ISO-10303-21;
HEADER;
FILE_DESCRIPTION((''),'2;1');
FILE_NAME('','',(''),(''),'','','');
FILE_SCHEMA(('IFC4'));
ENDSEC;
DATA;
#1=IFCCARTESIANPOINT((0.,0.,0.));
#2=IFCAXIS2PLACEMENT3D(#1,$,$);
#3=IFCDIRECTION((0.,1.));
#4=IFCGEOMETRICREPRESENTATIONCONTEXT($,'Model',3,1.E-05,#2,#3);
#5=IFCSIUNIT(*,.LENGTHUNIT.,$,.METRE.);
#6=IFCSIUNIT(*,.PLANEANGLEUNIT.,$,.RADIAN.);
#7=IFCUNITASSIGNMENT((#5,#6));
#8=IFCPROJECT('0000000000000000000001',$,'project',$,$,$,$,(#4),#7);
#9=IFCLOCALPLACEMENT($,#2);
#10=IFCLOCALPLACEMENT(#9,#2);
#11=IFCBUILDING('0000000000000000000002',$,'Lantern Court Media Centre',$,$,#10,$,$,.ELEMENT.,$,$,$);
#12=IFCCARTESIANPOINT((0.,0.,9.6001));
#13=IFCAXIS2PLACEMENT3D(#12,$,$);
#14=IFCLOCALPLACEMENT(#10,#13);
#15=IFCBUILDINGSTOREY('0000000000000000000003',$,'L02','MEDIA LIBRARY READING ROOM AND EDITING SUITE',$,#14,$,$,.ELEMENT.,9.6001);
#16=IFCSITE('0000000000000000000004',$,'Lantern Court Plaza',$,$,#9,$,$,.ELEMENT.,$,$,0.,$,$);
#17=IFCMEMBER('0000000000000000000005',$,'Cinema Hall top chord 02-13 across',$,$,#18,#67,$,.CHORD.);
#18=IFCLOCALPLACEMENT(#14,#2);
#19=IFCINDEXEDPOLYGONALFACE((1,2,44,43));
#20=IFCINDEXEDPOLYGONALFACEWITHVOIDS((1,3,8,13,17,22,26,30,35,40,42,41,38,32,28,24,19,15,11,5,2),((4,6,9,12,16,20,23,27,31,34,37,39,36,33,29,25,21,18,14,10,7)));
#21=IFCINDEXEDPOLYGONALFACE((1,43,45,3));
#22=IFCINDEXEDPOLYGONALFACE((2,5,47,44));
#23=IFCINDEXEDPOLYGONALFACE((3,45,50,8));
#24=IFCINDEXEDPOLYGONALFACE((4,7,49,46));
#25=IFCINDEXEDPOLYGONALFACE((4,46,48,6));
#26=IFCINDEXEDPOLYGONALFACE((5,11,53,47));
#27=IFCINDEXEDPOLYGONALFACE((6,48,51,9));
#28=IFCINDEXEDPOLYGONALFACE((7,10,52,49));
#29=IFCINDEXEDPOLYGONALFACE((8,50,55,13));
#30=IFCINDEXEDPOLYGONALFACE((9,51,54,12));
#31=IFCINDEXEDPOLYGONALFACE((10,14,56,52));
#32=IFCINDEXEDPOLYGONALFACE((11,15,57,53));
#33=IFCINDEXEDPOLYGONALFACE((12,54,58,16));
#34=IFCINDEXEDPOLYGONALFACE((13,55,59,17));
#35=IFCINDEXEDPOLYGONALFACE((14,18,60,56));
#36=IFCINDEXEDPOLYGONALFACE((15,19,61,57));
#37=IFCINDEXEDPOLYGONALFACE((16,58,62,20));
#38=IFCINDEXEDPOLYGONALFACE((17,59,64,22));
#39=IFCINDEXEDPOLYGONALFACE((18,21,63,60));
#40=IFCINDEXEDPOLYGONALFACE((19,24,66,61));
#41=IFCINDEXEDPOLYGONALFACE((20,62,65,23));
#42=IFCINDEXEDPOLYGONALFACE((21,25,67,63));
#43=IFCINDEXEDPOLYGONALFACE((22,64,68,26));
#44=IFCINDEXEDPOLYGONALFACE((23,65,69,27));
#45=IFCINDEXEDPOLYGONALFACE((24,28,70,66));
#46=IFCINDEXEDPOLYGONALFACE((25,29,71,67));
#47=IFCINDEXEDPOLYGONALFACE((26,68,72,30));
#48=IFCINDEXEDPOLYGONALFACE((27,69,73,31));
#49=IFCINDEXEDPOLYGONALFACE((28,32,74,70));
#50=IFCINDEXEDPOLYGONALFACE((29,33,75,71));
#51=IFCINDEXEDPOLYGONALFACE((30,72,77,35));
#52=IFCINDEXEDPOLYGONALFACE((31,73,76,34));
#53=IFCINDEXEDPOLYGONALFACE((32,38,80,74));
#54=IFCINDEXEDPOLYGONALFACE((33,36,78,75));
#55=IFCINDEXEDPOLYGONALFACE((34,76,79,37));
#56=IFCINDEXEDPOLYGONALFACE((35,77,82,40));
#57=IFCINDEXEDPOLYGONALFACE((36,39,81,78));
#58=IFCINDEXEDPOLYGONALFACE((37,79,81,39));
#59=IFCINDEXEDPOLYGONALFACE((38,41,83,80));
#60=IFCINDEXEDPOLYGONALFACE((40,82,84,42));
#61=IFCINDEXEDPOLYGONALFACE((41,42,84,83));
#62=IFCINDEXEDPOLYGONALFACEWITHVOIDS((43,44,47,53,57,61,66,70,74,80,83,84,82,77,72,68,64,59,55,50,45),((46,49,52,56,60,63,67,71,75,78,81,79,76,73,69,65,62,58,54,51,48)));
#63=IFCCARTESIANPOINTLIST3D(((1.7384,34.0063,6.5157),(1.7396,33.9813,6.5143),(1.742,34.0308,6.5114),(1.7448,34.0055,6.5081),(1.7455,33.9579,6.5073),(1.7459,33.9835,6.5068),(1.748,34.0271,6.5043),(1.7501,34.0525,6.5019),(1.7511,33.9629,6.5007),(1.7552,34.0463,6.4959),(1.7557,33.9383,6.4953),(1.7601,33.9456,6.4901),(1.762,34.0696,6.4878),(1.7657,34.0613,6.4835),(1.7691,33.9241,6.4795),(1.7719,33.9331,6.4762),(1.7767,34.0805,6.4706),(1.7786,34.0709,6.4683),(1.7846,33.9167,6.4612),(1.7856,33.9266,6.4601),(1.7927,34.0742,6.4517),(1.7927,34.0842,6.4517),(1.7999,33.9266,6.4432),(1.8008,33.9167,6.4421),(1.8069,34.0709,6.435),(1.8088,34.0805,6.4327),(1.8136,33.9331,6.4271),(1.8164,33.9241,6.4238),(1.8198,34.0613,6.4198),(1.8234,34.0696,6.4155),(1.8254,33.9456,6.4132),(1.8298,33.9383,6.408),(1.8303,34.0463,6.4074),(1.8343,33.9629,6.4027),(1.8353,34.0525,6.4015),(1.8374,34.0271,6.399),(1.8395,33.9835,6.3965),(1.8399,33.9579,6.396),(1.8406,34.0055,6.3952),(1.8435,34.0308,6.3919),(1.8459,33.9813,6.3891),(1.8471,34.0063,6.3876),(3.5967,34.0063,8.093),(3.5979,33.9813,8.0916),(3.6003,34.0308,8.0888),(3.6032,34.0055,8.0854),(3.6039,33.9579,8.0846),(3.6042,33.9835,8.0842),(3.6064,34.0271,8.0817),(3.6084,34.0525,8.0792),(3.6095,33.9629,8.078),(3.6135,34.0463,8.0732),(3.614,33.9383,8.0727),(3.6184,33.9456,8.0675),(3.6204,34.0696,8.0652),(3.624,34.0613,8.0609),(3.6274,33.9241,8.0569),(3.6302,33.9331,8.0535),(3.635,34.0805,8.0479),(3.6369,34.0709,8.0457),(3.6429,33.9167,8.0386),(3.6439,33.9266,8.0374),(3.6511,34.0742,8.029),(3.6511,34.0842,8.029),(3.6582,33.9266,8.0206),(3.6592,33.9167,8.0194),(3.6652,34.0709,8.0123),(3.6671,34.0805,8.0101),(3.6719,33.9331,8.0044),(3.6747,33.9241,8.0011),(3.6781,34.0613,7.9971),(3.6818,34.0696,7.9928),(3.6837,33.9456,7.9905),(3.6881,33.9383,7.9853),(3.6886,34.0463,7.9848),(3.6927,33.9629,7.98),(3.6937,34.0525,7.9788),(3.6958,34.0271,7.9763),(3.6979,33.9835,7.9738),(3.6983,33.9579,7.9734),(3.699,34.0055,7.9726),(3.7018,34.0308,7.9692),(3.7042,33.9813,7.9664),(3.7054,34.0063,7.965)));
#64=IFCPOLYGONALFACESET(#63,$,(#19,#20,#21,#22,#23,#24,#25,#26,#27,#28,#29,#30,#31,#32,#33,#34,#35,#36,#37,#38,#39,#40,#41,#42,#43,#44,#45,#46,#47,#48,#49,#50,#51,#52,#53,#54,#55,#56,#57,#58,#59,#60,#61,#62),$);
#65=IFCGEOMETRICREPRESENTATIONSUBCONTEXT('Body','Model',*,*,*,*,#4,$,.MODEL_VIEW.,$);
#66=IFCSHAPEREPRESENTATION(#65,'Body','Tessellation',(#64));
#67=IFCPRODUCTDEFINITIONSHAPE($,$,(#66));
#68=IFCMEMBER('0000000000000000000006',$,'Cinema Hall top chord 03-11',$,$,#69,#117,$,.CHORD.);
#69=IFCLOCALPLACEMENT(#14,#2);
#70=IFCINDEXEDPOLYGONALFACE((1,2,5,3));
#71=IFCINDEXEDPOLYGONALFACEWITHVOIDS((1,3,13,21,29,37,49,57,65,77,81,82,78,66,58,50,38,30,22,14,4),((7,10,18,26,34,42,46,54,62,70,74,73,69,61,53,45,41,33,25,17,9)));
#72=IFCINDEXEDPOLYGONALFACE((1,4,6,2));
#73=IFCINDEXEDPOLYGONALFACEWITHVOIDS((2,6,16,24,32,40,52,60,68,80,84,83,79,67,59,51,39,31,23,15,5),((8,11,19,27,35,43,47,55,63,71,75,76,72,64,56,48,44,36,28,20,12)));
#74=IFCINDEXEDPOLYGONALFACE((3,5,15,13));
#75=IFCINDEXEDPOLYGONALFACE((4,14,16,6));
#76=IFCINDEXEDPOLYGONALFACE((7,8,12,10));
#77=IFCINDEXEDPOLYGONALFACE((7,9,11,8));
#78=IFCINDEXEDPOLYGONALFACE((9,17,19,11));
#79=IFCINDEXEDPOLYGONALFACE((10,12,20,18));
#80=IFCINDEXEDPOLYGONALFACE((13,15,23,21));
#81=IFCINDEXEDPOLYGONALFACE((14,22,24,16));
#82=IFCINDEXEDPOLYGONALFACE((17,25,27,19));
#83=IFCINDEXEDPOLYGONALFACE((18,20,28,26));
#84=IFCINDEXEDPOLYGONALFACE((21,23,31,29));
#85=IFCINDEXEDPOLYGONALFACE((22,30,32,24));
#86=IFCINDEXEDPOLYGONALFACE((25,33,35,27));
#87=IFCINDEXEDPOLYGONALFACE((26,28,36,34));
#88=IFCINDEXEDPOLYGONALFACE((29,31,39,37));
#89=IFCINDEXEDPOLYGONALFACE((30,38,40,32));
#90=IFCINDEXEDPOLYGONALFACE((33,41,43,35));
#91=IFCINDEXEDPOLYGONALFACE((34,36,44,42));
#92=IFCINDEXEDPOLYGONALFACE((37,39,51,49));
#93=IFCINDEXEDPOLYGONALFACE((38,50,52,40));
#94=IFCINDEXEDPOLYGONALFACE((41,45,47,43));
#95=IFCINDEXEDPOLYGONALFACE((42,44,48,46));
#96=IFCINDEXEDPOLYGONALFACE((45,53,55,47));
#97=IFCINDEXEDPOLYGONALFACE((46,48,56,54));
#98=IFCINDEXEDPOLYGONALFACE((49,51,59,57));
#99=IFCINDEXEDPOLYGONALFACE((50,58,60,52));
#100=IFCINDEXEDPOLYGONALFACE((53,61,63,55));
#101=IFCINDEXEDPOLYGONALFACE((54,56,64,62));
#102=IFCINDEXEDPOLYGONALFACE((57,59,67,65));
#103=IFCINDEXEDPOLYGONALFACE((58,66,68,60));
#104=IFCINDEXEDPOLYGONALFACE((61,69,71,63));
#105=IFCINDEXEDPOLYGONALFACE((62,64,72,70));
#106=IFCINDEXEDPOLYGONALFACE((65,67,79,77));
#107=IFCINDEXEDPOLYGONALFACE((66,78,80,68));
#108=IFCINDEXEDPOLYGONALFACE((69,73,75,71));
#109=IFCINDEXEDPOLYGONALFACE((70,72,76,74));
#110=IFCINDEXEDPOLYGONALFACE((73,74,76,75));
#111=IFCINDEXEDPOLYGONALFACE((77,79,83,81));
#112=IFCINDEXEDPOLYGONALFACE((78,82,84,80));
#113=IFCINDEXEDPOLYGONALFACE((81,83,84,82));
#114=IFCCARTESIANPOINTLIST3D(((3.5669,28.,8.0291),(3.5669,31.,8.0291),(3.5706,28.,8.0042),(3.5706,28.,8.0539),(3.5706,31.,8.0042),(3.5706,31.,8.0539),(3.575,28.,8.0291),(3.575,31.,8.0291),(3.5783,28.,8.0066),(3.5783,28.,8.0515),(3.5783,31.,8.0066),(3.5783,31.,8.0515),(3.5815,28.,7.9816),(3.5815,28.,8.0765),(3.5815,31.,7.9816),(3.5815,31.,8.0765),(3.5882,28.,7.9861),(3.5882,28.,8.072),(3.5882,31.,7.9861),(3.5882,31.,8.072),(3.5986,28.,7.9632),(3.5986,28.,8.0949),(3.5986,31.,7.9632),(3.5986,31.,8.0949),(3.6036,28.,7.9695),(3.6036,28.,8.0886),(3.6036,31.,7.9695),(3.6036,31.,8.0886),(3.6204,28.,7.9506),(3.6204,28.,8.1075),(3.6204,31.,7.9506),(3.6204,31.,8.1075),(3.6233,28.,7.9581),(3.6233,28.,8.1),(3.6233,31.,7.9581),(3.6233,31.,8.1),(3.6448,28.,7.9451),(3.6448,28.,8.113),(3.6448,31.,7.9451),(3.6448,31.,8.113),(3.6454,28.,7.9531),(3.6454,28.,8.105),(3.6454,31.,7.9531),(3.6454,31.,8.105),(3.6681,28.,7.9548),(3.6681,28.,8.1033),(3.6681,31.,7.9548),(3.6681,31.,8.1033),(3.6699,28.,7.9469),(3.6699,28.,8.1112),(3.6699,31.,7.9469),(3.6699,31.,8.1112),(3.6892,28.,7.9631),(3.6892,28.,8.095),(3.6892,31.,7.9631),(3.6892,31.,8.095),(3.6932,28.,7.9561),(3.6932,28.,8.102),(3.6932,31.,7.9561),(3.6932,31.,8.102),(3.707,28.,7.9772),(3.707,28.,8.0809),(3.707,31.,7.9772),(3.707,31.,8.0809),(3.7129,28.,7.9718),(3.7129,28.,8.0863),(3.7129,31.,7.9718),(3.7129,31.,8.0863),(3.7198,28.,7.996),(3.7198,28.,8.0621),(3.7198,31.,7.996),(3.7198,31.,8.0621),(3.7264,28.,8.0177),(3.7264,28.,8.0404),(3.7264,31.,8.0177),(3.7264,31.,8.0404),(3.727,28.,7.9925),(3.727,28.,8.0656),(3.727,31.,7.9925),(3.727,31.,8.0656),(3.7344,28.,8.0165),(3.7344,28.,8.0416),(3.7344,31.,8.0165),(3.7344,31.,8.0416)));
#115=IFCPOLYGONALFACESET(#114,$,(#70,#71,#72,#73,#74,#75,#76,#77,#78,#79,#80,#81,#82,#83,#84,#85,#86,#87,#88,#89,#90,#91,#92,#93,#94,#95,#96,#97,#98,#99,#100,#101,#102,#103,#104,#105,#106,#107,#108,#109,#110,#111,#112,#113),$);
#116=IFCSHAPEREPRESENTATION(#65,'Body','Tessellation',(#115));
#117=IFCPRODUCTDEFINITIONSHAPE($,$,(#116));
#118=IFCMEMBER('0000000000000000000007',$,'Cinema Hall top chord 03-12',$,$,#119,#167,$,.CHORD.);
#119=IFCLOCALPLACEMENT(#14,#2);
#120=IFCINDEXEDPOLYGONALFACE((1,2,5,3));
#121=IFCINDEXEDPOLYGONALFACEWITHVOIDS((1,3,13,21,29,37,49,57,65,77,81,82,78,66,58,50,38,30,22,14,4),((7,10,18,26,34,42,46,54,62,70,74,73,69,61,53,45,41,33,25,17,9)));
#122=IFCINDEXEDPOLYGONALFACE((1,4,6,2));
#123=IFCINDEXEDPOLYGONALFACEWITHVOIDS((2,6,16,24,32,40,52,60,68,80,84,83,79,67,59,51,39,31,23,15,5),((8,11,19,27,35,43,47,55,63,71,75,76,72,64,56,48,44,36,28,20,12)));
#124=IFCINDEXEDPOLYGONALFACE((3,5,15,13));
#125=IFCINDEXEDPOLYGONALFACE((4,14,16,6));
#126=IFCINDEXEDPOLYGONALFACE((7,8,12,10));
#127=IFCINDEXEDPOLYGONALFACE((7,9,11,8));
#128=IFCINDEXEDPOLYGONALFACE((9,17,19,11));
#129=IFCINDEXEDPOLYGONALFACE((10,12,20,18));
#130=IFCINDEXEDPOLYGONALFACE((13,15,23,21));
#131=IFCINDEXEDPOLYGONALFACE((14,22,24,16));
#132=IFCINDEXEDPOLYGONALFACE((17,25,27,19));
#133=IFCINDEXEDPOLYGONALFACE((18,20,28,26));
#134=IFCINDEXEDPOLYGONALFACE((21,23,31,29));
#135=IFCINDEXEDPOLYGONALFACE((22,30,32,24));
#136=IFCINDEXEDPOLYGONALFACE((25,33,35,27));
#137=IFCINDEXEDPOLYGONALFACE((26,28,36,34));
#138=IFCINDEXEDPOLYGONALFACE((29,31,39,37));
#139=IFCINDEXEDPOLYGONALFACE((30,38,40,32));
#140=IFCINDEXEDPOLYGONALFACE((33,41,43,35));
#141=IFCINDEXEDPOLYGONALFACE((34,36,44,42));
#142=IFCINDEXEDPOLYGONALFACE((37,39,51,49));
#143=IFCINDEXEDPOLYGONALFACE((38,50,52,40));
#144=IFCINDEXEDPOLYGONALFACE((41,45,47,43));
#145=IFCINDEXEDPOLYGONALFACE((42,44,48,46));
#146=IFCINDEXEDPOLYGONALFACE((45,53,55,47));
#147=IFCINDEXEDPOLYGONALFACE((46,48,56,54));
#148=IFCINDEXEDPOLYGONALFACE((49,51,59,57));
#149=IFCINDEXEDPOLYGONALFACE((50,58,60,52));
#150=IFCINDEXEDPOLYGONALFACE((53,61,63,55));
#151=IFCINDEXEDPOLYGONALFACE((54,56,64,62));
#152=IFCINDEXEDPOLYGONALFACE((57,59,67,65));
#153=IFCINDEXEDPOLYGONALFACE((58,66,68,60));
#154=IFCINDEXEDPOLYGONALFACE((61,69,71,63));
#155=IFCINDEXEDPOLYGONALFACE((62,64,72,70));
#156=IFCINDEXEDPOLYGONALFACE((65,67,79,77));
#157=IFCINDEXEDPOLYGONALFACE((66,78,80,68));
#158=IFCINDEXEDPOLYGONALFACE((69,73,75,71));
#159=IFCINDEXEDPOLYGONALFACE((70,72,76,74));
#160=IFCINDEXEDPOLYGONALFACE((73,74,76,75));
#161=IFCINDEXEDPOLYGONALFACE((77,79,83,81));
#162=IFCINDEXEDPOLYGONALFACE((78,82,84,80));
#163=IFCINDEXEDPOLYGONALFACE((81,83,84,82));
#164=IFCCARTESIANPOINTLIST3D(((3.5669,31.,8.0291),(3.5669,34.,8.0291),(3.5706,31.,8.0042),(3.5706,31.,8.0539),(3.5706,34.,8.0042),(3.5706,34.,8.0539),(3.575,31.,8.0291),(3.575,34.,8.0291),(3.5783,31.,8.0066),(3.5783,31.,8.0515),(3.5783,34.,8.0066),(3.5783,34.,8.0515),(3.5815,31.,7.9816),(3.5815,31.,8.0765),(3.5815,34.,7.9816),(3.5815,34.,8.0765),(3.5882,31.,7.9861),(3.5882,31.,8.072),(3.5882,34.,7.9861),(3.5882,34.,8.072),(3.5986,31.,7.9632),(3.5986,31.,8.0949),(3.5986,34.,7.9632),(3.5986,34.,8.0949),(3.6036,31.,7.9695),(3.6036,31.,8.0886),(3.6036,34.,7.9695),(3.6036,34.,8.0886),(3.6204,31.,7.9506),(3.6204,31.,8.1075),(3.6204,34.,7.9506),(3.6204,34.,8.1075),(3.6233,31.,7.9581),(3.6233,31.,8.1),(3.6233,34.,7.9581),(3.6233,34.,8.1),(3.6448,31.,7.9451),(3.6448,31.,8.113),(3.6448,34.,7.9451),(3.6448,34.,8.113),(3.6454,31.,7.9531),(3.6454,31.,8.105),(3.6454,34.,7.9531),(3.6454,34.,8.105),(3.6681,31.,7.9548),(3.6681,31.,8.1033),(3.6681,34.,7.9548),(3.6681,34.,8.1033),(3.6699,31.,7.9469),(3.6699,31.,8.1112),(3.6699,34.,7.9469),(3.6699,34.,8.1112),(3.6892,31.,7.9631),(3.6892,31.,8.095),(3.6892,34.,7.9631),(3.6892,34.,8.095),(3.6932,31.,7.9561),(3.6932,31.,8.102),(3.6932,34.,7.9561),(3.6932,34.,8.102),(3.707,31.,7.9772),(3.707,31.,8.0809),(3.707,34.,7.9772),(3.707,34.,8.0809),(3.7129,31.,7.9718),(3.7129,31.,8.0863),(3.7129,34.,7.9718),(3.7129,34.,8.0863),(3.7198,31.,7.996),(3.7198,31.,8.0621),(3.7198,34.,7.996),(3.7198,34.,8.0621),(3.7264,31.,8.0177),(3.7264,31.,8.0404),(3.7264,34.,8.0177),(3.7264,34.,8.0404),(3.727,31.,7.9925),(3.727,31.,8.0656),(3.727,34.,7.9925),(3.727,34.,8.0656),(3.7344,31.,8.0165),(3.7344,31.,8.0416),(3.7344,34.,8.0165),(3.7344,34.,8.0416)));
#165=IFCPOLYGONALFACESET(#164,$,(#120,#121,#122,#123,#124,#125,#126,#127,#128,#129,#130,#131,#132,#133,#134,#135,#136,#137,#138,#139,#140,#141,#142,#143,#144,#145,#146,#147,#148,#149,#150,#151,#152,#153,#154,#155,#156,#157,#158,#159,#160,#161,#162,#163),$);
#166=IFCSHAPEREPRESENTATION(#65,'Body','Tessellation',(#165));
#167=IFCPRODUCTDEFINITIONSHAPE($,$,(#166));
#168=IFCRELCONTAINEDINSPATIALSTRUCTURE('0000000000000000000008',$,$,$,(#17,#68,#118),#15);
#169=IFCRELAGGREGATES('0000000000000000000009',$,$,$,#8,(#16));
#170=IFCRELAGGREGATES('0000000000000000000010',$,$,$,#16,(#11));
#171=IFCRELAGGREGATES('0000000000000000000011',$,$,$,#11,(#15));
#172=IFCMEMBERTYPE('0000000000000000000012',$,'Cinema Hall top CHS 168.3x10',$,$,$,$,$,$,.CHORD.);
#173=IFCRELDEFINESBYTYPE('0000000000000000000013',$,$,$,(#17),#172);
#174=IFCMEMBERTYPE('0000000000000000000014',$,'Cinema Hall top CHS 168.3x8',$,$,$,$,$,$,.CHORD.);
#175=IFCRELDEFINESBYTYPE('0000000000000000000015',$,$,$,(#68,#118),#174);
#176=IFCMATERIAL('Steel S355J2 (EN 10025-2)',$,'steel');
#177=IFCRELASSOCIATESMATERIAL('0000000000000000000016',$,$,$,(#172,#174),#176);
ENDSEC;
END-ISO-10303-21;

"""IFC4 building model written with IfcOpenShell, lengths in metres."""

from ifc_helpers import new_model, si_unit, direction, frame, origin, origin_2d, place, context, subcontext, project, spatial, hollow_circle, extrude, material, material_profile, profile_set, type_object, element, save


model = new_model("IFC4")

# Units and contexts
model_context = context("Model", 3, precision=1e-05, world=origin(), true_north=direction((0.0, 1.0)))
body_context = subcontext(model_context, "Body", "Model", "MODEL_VIEW")
ifc_project = project(units=[si_unit("LENGTHUNIT", "METRE"), si_unit("PLANEANGLEUNIT", "RADIAN")], contexts=[model_context])

# Site, building, storey
site_placement = place(None, origin())
site = spatial("IfcSite", under=ifc_project, at=site_placement, Name="Lantern Court Plaza", CompositionType="ELEMENT", RefElevation=0.0)
building_placement = place(site_placement, origin())
building = spatial("IfcBuilding", under=site, at=building_placement, Name="Lantern Court Media Centre", CompositionType="ELEMENT")
storey_placement = place(building_placement, frame((0.0, 0.0, 9.6001)))
storey = spatial("IfcBuildingStorey", under=building, at=storey_placement, Name="L02", Description="MEDIA LIBRARY READING ROOM AND EDITING SUITE", CompositionType="ELEMENT", Elevation=9.6001)

# Members
ifc_material = material(Name="Steel S355J2 (EN 10025-2)", Category="steel")
ifc_material_profile_1 = material_profile(ifc_material, hollow_circle(Radius=0.0842, WallThickness=0.01, at=origin_2d()), Name="Cinema Hall top CHS 168.3x10")
ifc_profile_set_1 = profile_set([ifc_material_profile_1], Name="Steel S355J2 (EN 10025-2)")
member_type_1 = type_object("IfcMemberType", Name="Cinema Hall top CHS 168.3x10", PredefinedType="CHORD", material=ifc_profile_set_1)
for number, where, z_axis, x_axis, name in (
    (1, (1.7927, 34.0, 6.4517), (0.762394, 0.0, 0.647113), (0.0, 1.0, 0.0), "Cinema Hall top chord 02-13 across"),
):
    element("IfcMember", number, at=place(storey_placement, frame(where, z_axis=z_axis, x_axis=x_axis)), inside=storey, type_object=member_type_1, Name=name, PredefinedType="CHORD", context=body_context, shape_type="SweptSolid", body=[
        extrude(hollow_circle(Radius=0.0842, WallThickness=0.01, at=origin_2d()), origin(), (0.0, 0.0, 1.0), 2.4375),
    ])
ifc_material_profile_2 = material_profile(ifc_material, hollow_circle(Radius=0.0842, WallThickness=0.0081, at=origin_2d()), Name="Cinema Hall top CHS 168.3x8")
ifc_profile_set_2 = profile_set([ifc_material_profile_2], Name="Steel S355J2 (EN 10025-2)")
member_type_2 = type_object("IfcMemberType", Name="Cinema Hall top CHS 168.3x8", PredefinedType="CHORD", material=ifc_profile_set_2)
for number, where, z_axis, x_axis, name in (
    (2, (3.6511, 28.0, 8.0291), (0.0, 1.0, 0.0), (-1.0, 0.0, 0.0), "Cinema Hall top chord 03-11"),
    (3, (3.6511, 31.0, 8.0291), (0.0, 1.0, 0.0), (-1.0, 0.0, 0.0), "Cinema Hall top chord 03-12"),
):
    element("IfcMember", number, at=place(storey_placement, frame(where, z_axis=z_axis, x_axis=x_axis)), inside=storey, type_object=member_type_2, Name=name, PredefinedType="CHORD", context=body_context, shape_type="SweptSolid", body=[
        extrude(hollow_circle(Radius=0.0842, WallThickness=0.0081, at=origin_2d()), origin(), (0.0, 0.0, 1.0), 3.0),
    ])

save(model, "model.ifc")
